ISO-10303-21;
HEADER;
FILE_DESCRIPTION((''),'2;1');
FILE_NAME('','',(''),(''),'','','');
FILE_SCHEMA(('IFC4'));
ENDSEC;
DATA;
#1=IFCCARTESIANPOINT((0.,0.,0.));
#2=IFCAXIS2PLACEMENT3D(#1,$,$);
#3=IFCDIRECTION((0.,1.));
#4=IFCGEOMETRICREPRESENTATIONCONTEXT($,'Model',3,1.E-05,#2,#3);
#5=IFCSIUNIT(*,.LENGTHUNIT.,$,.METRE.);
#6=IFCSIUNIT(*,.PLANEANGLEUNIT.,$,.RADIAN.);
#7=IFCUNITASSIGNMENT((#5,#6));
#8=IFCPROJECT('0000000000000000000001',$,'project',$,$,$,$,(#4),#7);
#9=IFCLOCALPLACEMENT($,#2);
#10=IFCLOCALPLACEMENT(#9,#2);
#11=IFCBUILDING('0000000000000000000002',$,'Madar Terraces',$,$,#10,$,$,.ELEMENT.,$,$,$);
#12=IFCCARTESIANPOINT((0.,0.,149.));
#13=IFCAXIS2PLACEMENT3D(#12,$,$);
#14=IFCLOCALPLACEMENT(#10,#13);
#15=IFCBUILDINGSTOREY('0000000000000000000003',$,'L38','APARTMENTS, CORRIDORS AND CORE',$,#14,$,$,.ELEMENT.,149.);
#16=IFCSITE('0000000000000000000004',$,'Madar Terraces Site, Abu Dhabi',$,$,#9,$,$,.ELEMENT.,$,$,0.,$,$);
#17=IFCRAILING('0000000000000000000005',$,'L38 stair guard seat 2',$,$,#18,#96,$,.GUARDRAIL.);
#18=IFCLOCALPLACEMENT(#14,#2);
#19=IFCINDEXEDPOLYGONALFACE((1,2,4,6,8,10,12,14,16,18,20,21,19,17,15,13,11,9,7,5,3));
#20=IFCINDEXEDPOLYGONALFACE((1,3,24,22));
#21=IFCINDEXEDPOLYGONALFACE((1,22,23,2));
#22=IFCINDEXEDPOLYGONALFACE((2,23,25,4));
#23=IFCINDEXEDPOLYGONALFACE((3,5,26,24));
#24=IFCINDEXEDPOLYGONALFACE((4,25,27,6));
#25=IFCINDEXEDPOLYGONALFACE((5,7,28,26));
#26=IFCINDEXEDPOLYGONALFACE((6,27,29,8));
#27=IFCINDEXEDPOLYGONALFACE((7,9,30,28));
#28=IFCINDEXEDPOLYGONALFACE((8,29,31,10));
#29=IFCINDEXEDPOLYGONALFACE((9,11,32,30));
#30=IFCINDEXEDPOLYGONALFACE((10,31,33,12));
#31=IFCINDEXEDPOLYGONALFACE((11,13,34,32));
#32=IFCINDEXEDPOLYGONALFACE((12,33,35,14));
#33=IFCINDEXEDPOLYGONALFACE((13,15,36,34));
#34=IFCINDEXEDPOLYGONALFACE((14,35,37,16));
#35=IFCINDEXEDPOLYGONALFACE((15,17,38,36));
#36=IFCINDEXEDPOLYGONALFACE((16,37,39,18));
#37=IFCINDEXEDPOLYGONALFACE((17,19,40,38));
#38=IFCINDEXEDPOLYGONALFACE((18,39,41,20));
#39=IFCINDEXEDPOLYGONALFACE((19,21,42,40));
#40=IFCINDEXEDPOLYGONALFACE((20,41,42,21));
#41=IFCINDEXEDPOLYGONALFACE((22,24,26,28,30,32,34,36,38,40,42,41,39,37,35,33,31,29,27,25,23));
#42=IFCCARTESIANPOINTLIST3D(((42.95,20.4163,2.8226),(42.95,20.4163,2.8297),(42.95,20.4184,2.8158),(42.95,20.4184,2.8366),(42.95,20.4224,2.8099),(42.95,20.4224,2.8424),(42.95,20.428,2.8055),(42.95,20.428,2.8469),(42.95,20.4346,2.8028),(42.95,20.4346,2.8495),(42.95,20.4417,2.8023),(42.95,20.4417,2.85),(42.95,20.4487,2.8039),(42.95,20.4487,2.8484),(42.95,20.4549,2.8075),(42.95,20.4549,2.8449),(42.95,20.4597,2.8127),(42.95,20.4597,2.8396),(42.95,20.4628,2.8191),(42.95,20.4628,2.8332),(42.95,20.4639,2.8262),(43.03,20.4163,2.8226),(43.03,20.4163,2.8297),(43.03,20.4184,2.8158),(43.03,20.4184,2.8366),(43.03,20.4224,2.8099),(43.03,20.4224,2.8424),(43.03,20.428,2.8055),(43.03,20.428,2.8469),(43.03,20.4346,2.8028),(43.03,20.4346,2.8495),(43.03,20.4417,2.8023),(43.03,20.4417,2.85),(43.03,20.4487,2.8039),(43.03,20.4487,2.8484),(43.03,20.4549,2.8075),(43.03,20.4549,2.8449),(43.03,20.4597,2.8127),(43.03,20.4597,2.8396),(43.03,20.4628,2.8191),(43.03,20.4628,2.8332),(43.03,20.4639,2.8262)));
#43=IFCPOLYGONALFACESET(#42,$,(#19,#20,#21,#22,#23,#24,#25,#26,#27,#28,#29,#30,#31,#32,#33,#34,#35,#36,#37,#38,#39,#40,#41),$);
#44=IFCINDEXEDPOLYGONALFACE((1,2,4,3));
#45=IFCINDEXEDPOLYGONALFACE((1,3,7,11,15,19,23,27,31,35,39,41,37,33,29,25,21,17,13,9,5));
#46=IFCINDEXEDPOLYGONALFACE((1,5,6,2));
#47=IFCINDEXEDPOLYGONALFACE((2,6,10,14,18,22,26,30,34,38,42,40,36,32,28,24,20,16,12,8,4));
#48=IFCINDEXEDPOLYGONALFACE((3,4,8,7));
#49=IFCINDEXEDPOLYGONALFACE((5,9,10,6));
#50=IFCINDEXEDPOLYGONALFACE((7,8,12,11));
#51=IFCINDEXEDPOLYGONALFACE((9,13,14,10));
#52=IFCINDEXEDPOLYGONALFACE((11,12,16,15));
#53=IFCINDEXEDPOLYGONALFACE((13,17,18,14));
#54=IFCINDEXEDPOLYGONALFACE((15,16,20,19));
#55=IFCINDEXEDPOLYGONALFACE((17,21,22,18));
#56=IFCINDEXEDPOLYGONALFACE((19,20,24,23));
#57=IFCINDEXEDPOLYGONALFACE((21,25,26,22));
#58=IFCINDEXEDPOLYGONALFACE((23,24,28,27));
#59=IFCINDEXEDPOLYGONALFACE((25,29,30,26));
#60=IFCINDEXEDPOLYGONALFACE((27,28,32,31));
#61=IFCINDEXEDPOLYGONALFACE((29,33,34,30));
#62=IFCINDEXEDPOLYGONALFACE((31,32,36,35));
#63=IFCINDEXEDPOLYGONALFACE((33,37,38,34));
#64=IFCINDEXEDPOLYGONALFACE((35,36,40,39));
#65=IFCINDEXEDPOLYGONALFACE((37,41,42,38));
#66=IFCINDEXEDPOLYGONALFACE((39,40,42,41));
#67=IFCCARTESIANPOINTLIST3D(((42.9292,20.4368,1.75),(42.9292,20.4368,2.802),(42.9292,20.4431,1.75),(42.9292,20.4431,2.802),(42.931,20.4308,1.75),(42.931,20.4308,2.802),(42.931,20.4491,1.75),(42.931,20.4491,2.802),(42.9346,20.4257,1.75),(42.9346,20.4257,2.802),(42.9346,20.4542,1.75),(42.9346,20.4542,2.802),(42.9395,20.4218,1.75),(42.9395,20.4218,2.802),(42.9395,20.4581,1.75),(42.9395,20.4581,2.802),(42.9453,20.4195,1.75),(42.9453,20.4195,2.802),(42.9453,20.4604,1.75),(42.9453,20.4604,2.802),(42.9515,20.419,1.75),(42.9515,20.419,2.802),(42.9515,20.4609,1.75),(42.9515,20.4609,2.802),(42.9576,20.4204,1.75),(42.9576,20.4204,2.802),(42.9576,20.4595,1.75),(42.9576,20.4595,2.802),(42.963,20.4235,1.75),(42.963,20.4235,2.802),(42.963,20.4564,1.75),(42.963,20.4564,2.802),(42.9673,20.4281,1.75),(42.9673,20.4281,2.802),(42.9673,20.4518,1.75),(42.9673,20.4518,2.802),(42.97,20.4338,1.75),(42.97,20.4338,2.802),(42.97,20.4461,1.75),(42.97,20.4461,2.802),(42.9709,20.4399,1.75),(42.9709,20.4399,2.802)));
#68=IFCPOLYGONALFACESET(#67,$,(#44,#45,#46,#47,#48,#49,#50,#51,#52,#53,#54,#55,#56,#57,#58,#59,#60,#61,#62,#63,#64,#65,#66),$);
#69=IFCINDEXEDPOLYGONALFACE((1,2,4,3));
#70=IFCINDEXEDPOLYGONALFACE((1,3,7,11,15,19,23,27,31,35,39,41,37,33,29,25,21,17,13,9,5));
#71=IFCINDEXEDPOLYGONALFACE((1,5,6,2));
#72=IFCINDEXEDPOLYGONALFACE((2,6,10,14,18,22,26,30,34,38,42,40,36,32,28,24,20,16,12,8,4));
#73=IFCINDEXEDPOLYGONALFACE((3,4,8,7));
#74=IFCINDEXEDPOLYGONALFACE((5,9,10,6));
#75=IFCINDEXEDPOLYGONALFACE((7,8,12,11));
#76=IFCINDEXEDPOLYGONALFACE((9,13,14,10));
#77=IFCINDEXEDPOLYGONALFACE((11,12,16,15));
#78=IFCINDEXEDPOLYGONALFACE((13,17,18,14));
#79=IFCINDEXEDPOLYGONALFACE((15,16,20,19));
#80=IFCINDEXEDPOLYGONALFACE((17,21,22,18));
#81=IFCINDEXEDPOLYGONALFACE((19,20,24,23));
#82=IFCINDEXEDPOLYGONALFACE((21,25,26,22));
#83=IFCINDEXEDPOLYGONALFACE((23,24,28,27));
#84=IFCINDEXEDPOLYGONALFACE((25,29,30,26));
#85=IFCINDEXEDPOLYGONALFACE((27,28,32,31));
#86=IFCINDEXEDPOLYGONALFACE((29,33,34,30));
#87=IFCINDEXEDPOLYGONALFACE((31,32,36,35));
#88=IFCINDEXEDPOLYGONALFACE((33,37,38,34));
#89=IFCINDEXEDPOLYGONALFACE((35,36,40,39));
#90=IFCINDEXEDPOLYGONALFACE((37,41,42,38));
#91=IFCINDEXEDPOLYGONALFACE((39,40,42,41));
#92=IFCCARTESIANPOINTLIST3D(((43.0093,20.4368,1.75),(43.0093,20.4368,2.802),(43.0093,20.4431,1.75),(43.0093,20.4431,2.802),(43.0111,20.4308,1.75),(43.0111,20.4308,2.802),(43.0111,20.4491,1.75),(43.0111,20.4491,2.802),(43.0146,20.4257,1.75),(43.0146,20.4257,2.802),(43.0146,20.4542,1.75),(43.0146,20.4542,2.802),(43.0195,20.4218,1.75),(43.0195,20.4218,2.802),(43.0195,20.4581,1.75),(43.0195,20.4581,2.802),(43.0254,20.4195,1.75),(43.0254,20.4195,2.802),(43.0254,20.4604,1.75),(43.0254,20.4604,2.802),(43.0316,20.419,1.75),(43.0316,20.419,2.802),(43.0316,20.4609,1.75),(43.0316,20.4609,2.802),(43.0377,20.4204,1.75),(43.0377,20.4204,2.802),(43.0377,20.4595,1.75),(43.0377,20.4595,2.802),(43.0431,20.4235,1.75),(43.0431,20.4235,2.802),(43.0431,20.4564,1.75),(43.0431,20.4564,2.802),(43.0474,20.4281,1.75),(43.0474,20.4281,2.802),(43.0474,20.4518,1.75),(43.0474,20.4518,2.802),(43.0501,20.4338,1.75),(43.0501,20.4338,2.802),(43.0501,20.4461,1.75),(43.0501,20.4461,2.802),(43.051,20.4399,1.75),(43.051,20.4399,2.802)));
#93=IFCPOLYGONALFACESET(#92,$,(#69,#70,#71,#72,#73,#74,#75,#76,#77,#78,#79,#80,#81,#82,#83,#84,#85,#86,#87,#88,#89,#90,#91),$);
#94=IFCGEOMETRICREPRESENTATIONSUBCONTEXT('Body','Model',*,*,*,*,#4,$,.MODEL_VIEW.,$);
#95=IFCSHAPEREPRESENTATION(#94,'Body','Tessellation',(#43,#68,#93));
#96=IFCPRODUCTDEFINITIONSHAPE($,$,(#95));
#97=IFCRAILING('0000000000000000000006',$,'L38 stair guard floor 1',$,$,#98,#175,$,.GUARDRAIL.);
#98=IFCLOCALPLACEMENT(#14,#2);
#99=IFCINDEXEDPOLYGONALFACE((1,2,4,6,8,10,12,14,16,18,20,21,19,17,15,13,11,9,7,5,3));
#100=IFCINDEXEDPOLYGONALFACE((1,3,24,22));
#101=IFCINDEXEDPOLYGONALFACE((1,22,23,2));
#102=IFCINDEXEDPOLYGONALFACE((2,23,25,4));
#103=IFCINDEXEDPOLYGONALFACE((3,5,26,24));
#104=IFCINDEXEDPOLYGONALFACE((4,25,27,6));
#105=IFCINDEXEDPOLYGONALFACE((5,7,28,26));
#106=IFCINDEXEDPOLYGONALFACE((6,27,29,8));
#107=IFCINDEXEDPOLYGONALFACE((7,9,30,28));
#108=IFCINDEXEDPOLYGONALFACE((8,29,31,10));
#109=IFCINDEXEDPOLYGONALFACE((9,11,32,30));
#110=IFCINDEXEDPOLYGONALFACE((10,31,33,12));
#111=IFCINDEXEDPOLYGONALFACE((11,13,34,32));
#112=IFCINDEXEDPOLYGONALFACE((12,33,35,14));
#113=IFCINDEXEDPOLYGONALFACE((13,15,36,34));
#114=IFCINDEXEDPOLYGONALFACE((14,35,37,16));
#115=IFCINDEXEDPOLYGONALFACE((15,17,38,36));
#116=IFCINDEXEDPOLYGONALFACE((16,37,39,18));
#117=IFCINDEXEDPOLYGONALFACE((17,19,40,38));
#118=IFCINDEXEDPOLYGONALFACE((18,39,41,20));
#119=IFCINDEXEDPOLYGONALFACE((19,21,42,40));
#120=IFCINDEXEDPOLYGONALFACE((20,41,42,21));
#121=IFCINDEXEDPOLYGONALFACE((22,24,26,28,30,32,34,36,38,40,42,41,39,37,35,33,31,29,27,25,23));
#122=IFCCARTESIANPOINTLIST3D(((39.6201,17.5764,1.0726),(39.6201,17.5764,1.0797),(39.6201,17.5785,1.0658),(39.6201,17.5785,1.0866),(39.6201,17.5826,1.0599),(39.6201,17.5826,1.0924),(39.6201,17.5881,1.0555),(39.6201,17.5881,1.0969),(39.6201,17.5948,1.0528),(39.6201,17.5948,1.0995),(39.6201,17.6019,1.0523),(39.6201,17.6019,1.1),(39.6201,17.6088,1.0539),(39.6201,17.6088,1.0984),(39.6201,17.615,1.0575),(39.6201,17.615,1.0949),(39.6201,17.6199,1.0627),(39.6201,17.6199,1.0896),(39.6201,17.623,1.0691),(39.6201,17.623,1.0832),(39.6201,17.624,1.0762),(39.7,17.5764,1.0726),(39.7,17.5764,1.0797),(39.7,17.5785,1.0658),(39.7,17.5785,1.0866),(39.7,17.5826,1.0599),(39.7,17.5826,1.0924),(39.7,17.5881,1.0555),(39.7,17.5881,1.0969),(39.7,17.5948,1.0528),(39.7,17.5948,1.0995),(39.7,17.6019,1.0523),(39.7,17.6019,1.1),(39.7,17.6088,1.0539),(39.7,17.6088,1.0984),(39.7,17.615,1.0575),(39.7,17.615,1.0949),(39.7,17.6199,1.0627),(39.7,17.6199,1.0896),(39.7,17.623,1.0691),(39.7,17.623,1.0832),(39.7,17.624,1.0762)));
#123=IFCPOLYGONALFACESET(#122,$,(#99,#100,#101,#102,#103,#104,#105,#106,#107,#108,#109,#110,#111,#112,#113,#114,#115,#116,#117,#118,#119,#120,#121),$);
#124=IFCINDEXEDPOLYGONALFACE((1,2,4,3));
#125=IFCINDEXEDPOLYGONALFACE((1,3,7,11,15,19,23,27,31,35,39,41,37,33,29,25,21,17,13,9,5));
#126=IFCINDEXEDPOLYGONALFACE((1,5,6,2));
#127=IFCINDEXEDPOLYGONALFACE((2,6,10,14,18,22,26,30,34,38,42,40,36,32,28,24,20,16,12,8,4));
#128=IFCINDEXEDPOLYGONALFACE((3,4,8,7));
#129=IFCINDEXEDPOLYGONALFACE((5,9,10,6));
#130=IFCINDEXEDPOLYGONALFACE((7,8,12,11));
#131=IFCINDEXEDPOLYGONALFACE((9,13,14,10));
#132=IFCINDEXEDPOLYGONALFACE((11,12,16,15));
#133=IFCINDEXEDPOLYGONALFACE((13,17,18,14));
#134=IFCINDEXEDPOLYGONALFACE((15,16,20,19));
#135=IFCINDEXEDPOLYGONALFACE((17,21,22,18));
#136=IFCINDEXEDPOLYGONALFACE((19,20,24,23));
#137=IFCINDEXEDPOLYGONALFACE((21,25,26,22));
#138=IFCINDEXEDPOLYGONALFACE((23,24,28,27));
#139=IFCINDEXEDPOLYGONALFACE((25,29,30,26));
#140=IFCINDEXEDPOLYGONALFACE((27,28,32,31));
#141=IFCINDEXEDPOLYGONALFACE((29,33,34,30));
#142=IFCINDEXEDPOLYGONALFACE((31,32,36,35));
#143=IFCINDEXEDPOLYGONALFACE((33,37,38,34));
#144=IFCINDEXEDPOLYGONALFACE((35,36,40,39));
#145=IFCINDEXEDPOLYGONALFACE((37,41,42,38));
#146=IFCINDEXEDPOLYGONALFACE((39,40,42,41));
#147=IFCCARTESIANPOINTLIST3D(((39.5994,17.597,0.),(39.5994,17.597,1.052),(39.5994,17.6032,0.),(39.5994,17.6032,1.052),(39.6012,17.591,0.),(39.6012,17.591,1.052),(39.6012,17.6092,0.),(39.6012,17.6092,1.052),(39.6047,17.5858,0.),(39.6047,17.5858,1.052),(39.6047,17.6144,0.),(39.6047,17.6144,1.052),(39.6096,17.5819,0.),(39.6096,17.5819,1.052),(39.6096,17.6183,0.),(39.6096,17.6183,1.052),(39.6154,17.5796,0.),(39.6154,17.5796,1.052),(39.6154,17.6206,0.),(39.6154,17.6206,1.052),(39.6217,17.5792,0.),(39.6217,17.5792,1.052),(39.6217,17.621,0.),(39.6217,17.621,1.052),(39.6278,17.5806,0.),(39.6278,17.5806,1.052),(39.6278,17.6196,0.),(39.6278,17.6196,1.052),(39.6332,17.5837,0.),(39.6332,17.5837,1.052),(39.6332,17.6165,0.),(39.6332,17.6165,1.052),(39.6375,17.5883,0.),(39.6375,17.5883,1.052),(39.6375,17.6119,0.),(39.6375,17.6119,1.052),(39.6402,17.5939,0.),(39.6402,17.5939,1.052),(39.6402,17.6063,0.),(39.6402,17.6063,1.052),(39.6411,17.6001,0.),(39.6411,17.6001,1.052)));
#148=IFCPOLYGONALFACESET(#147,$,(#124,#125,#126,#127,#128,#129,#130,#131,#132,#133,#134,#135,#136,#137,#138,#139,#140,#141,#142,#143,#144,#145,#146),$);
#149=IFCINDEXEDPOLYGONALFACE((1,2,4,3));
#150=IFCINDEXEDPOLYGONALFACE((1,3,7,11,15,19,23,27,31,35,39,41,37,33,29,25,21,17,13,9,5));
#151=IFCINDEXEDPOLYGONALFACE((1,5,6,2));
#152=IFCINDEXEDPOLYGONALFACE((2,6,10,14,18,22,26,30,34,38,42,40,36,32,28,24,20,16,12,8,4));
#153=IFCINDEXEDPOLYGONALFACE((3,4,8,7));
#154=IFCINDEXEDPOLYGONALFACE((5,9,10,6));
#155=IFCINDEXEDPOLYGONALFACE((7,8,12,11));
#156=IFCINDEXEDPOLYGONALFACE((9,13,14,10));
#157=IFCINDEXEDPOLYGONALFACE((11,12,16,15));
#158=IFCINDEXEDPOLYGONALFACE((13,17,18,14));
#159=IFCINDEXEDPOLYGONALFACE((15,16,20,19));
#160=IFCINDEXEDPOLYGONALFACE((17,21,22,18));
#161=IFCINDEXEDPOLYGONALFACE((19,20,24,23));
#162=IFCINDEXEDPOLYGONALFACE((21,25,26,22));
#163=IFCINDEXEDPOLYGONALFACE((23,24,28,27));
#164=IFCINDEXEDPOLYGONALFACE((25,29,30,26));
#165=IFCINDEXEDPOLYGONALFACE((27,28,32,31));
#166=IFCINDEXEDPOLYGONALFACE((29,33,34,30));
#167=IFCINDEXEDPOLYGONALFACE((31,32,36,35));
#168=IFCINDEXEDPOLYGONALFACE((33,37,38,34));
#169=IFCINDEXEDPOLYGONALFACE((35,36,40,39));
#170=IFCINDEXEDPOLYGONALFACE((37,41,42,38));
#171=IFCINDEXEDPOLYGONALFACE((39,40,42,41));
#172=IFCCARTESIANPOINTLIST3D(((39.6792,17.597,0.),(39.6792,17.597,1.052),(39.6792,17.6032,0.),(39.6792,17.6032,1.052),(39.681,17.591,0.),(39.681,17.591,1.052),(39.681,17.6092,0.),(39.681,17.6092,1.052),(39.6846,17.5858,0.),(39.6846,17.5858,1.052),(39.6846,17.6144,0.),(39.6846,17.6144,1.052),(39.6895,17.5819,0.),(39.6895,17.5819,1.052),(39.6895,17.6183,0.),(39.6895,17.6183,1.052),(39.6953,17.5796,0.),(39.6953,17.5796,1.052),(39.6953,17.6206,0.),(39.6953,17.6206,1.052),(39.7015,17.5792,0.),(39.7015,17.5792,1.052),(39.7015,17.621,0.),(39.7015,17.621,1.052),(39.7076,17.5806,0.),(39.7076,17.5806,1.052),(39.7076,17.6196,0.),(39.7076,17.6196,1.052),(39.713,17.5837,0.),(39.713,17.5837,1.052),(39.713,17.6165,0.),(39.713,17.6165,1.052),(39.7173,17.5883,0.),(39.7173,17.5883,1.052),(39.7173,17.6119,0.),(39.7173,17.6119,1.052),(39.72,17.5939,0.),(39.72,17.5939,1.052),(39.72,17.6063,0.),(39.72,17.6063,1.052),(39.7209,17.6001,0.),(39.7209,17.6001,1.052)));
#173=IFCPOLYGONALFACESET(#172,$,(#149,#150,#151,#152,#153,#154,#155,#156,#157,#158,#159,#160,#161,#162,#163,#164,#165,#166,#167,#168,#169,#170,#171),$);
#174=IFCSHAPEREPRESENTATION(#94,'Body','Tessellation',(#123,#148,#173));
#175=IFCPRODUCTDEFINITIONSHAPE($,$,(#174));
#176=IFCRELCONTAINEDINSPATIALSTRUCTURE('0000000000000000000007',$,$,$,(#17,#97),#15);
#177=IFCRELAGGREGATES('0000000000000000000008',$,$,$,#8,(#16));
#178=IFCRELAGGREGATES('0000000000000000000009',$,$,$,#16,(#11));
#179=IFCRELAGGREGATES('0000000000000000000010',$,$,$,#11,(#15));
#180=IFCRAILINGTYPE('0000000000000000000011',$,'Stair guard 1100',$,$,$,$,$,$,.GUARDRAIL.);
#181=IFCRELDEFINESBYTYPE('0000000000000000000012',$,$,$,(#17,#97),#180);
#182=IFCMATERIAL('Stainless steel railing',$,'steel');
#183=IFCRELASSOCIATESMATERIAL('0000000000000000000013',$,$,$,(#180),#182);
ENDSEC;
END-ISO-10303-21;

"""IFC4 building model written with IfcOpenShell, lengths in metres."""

from ifc_helpers import new_model, si_unit, direction, frame, origin, origin_2d, place, context, subcontext, project, spatial, circle, extrude, material, type_object, element, save


model = new_model("IFC4")

# Units and contexts
model_context = context("Model", 3, precision=1e-05, world=origin(), true_north=direction((0.0, 1.0)))
body_context = subcontext(model_context, "Body", "Model", "MODEL_VIEW")
ifc_project = project(units=[si_unit("LENGTHUNIT", "METRE"), si_unit("PLANEANGLEUNIT", "RADIAN")], contexts=[model_context])

# Site, building, storey
site_placement = place(None, origin())
site = spatial("IfcSite", under=ifc_project, at=site_placement, Name="Madar Terraces Site, Abu Dhabi", CompositionType="ELEMENT", RefElevation=0.0)
building_placement = place(site_placement, origin())
building = spatial("IfcBuilding", under=site, at=building_placement, Name="Madar Terraces", CompositionType="ELEMENT")
storey_placement = place(building_placement, frame((0.0, 0.0, 149.0)))
storey = spatial("IfcBuildingStorey", under=building, at=storey_placement, Name="L38", Description="APARTMENTS, CORRIDORS AND CORE", CompositionType="ELEMENT", Elevation=149.0)

# Railings
ifc_material_1 = material(Name="Stainless steel railing", Category="steel")
railing_type_1 = type_object("IfcRailingType", Name="Stair guard 1100", PredefinedType="GUARDRAIL", material=ifc_material_1)
railing_1_placement = place(storey_placement, frame((42.95, 20.4399, 1.75)))
element("IfcRailing", 1, at=railing_1_placement, inside=storey, type_object=railing_type_1, Name="L38 stair guard seat 2", PredefinedType="GUARDRAIL", context=body_context, shape_type="SweptSolid", body=[
    extrude(circle(Radius=0.0239, at=origin_2d()), frame((0.0, 0.0, 1.0762), z_axis=(1.0, 0.0, 0.0), x_axis=(0.0, 1.0, 0.0)), (0.0, 0.0, 1.0), 0.0801),
    extrude(circle(Radius=0.021, at=origin_2d()), origin(), (0.0, 0.0, 1.0), 1.052),
    extrude(circle(Radius=0.021, at=origin_2d()), frame((0.0801, 0.0, 0.0)), (0.0, 0.0, 1.0), 1.052),
])
railing_2_placement = place(storey_placement, frame((39.6201, 17.6001, 0.0)))
element("IfcRailing", 2, at=railing_2_placement, inside=storey, type_object=railing_type_1, Name="L38 stair guard floor 1", PredefinedType="GUARDRAIL", context=body_context, shape_type="SweptSolid", body=[
    extrude(circle(Radius=0.0239, at=origin_2d()), frame((0.0, 0.0, 1.0762), z_axis=(1.0, 0.0, 0.0), x_axis=(0.0, 1.0, 0.0)), (0.0, 0.0, 1.0), 0.0798),
    extrude(circle(Radius=0.021, at=origin_2d()), origin(), (0.0, 0.0, 1.0), 1.052),
    extrude(circle(Radius=0.021, at=origin_2d()), frame((0.0798, 0.0, 0.0)), (0.0, 0.0, 1.0), 1.052),
])

save(model, "model.ifc")
